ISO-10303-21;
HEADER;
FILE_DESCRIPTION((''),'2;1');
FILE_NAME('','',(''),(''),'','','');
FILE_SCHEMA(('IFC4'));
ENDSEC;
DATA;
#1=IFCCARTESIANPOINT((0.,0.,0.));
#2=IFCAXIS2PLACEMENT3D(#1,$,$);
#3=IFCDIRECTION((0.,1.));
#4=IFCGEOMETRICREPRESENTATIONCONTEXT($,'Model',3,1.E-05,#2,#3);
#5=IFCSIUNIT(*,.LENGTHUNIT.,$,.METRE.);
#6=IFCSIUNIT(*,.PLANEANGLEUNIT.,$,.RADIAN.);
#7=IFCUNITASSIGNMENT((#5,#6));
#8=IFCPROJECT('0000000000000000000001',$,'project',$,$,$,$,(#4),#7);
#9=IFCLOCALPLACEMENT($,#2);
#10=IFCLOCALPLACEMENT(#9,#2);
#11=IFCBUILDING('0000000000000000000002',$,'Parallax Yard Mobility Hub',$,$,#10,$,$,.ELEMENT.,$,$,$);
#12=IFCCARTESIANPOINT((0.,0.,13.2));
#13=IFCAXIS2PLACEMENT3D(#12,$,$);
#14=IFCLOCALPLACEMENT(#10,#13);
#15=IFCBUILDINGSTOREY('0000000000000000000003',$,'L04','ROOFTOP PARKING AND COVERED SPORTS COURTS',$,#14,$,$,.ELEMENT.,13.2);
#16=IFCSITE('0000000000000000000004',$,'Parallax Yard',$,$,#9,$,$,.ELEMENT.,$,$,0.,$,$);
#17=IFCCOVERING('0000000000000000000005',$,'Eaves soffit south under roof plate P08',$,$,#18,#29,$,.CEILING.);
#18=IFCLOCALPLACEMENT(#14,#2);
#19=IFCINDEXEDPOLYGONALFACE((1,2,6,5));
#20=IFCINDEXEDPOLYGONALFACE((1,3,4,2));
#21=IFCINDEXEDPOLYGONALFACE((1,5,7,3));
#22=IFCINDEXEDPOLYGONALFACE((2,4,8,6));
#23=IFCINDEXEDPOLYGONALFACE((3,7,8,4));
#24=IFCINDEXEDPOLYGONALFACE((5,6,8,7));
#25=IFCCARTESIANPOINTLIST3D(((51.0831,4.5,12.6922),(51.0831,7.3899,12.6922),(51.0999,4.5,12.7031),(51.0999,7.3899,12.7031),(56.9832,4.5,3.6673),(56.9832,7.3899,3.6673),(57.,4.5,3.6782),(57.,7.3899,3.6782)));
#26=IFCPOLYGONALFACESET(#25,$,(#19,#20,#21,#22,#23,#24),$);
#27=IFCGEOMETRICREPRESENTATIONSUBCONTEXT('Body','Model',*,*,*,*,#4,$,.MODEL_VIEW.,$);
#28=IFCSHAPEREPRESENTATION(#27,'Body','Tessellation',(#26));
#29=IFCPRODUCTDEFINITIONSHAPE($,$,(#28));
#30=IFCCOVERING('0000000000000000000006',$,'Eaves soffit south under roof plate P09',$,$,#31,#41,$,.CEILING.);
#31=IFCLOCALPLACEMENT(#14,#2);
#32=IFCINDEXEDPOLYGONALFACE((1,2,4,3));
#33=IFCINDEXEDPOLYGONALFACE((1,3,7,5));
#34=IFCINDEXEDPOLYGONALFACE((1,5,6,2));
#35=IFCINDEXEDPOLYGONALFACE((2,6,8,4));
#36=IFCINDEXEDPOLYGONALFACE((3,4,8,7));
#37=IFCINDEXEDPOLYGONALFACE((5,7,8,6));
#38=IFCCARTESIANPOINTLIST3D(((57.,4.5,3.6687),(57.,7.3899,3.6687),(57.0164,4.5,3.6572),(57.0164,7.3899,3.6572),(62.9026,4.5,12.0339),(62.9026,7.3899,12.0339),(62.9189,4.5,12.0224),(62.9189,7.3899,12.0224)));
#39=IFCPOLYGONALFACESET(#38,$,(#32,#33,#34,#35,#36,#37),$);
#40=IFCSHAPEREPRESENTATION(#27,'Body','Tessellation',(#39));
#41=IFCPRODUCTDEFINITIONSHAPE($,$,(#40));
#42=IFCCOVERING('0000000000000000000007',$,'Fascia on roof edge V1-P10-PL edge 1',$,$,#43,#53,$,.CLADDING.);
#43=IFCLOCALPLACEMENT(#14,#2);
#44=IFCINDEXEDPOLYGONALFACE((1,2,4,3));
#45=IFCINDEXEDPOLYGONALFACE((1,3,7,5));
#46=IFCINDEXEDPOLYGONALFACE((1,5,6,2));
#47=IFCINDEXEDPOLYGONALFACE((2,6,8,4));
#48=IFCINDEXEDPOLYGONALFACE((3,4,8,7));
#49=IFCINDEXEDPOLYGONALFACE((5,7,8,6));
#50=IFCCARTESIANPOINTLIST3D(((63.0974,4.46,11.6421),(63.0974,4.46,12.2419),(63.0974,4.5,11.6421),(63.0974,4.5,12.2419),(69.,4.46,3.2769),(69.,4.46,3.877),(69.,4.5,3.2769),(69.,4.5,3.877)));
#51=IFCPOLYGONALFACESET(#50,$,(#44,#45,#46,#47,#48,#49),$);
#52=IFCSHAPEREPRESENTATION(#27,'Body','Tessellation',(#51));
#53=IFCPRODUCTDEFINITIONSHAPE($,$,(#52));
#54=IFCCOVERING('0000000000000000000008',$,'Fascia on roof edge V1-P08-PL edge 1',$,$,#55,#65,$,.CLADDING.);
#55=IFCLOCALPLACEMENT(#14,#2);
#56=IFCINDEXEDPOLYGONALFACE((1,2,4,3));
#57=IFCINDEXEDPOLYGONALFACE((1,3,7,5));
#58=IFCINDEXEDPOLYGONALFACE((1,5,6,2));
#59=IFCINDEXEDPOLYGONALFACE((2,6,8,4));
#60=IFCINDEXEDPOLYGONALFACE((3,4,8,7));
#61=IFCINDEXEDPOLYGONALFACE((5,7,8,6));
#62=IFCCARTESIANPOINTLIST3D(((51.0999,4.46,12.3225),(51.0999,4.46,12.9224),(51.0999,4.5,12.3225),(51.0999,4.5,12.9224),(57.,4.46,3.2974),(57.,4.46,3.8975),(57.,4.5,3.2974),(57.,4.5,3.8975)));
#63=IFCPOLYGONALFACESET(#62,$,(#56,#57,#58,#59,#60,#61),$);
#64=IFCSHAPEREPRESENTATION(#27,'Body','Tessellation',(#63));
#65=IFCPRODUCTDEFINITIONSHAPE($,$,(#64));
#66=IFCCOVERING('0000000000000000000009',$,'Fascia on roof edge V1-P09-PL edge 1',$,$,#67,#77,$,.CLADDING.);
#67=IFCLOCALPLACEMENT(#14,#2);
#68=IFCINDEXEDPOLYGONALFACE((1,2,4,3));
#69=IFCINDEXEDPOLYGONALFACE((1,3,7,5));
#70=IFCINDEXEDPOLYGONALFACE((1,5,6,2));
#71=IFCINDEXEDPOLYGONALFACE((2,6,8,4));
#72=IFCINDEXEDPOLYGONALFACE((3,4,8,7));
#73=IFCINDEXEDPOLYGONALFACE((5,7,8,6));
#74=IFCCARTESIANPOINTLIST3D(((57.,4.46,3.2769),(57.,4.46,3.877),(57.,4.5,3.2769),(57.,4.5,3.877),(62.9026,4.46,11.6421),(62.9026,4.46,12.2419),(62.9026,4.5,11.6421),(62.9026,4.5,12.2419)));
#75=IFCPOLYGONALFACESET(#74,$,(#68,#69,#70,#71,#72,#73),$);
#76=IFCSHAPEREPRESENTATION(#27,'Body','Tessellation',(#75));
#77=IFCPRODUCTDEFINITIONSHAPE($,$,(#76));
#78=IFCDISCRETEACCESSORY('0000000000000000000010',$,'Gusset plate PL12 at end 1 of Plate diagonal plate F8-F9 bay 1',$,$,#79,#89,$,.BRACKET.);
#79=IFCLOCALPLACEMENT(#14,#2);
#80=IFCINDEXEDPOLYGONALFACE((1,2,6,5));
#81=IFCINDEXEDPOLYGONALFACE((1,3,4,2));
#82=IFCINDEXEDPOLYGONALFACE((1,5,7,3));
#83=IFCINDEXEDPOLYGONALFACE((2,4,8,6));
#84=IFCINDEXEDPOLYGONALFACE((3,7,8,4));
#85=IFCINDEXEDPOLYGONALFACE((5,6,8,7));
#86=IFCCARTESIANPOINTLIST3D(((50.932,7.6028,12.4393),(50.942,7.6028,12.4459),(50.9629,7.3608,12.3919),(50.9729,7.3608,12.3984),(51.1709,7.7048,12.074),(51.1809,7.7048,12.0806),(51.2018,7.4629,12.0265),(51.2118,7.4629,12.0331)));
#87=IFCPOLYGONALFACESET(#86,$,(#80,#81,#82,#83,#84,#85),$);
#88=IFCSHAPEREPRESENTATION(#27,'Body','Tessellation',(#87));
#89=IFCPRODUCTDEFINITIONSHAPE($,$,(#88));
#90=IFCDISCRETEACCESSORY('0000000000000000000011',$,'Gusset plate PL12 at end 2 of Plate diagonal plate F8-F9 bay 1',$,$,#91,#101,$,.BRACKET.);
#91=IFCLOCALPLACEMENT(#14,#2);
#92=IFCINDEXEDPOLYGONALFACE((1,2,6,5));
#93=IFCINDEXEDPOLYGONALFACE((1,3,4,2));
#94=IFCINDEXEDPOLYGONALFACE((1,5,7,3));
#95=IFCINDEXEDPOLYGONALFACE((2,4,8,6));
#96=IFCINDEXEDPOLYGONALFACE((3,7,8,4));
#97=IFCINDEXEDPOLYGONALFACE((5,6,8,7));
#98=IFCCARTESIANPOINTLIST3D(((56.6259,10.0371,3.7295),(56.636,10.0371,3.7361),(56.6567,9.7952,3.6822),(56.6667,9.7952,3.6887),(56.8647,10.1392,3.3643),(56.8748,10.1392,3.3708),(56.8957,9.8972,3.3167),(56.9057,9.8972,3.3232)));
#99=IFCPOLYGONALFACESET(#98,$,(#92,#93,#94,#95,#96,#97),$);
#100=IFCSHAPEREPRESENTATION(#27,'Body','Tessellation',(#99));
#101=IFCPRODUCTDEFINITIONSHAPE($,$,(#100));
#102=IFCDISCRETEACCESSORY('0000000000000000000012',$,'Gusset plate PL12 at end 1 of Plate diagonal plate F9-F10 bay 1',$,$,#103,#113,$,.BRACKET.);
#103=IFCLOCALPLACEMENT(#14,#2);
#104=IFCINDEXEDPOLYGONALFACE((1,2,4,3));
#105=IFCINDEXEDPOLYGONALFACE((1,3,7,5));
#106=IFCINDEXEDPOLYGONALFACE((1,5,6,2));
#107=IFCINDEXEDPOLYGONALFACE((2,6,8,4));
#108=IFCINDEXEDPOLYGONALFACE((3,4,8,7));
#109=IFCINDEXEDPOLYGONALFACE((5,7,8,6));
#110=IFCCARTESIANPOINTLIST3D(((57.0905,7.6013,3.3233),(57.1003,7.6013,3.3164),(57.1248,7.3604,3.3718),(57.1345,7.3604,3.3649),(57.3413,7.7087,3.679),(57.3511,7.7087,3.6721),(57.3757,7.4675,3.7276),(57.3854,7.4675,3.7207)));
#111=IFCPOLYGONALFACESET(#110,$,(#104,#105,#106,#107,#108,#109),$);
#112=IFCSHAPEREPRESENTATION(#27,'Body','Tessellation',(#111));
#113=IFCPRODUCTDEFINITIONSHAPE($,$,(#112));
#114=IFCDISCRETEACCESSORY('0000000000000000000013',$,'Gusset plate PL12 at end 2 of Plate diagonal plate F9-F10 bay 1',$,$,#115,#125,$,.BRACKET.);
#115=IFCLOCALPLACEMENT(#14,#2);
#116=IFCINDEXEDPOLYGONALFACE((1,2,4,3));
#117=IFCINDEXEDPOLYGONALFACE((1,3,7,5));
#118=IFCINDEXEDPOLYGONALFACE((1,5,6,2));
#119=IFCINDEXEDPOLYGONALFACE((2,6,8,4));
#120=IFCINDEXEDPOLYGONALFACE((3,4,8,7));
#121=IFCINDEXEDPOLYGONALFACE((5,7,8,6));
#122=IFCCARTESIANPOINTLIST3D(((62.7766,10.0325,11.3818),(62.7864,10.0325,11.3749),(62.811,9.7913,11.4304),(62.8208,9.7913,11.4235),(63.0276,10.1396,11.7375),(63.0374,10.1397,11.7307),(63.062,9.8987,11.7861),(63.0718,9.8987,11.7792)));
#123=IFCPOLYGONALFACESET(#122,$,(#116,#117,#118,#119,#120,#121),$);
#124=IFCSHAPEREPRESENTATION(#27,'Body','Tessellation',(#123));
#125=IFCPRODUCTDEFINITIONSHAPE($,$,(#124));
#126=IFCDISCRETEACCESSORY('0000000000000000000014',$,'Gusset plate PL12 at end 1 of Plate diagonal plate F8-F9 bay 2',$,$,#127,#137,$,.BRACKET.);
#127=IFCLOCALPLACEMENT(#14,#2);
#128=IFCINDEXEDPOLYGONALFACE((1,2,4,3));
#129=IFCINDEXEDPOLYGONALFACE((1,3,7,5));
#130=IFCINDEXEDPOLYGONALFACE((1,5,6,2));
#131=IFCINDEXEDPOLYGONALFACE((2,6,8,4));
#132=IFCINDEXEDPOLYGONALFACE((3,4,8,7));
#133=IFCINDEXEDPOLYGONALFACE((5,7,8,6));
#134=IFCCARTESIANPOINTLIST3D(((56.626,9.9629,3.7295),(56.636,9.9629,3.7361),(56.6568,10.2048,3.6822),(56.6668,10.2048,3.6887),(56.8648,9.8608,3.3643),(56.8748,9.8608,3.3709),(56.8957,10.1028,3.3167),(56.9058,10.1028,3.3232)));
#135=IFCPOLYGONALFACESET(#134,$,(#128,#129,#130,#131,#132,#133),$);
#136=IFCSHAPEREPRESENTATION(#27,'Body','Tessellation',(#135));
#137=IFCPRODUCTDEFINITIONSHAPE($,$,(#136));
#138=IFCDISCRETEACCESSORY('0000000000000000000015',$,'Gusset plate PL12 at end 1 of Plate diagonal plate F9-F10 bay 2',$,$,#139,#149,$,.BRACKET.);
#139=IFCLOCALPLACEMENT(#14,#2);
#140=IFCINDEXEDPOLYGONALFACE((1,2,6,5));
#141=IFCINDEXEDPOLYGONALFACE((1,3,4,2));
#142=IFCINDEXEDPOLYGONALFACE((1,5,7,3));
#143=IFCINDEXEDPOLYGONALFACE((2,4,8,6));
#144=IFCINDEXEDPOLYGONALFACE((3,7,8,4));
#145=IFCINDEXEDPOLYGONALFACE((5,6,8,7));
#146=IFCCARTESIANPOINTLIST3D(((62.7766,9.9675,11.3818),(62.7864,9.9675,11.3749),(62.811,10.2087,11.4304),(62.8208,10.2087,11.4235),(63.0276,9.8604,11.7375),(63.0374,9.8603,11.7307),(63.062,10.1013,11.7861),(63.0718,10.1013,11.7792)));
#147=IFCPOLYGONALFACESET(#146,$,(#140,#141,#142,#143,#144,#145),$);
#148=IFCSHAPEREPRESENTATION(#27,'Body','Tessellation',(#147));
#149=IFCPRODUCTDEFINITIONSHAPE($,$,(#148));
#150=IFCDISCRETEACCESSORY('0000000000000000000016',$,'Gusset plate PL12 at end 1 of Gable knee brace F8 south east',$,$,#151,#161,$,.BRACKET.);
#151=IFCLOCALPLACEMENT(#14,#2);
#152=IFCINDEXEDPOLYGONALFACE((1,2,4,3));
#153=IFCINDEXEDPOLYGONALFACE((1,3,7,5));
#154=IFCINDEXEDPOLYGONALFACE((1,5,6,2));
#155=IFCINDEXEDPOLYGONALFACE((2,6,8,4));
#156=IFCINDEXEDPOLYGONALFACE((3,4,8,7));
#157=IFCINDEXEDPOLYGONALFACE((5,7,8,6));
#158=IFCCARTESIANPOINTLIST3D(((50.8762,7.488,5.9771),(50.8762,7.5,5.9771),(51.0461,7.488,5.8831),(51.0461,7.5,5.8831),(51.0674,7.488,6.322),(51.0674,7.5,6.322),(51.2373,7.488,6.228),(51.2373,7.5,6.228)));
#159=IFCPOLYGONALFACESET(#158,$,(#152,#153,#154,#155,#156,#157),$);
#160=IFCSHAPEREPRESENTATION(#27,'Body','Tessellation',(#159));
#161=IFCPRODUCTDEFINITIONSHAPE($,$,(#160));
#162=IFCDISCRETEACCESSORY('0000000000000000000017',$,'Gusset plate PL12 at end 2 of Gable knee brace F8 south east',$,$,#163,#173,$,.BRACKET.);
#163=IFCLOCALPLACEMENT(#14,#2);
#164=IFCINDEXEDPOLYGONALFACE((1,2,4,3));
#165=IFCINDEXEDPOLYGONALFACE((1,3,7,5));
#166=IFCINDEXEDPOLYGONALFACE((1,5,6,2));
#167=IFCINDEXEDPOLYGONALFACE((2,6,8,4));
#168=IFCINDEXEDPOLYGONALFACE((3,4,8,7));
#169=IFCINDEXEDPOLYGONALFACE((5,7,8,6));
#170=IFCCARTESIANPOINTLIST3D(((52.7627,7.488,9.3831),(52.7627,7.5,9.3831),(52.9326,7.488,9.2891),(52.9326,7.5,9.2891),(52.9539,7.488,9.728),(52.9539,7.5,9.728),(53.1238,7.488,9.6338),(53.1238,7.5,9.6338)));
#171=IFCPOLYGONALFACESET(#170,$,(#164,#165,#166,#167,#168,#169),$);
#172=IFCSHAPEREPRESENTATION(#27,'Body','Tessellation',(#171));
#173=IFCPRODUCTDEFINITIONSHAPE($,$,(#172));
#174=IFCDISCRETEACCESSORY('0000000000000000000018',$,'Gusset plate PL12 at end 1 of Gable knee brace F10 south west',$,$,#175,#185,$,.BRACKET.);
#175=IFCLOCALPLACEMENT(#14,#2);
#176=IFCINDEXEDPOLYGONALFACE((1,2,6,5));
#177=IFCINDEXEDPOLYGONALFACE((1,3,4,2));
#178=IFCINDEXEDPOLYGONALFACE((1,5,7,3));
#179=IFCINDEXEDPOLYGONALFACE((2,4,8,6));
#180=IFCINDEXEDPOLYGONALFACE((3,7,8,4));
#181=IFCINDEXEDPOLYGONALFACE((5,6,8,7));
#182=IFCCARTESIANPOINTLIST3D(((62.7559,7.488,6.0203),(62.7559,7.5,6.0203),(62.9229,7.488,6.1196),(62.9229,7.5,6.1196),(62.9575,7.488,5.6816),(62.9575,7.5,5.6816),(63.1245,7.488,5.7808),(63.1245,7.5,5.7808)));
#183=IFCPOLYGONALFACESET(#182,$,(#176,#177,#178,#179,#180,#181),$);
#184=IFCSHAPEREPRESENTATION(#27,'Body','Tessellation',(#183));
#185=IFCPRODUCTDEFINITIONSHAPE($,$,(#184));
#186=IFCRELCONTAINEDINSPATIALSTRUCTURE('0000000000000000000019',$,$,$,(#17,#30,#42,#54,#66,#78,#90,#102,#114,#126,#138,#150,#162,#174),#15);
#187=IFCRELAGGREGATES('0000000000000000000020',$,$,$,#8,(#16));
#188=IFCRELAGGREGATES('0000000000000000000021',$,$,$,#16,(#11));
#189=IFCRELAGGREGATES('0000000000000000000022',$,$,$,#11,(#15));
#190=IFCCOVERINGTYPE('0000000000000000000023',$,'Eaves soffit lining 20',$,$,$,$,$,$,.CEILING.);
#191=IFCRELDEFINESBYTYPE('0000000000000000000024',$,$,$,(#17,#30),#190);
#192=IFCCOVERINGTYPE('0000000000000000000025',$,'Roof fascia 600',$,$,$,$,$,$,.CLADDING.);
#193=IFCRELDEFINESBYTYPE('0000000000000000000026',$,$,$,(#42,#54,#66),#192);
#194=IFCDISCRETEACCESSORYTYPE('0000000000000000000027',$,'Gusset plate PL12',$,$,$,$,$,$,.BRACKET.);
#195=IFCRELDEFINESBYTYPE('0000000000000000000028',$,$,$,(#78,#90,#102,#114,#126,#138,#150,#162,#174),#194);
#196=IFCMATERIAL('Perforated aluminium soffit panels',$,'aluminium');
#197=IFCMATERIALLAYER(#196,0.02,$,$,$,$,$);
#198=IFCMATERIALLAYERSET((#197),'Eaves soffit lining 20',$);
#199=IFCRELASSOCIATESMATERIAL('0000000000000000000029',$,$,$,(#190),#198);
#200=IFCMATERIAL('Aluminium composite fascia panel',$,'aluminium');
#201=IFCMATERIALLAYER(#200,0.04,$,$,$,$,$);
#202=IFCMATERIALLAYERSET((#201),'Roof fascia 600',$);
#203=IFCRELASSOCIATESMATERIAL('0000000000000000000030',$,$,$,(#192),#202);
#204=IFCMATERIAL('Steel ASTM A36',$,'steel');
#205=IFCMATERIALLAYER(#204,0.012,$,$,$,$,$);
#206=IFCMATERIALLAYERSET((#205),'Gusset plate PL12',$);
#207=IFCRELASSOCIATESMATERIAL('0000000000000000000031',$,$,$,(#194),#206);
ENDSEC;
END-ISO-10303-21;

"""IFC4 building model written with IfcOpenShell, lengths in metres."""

from ifc_helpers import new_model, si_unit, direction, frame, origin, place, context, subcontext, project, spatial, polyline, outline, extrude, material, layer, layer_set, type_object, element, save


model = new_model("IFC4")

# Units and contexts
model_context = context("Model", 3, precision=1e-05, world=origin(), true_north=direction((0.0, 1.0)))
body_context = subcontext(model_context, "Body", "Model", "MODEL_VIEW")
ifc_project = project(units=[si_unit("LENGTHUNIT", "METRE"), si_unit("PLANEANGLEUNIT", "RADIAN")], contexts=[model_context])

# Site, building, storey
site_placement = place(None, origin())
site = spatial("IfcSite", under=ifc_project, at=site_placement, Name="Parallax Yard", CompositionType="ELEMENT", RefElevation=0.0)
building_placement = place(site_placement, origin())
building = spatial("IfcBuilding", under=site, at=building_placement, Name="Parallax Yard Mobility Hub", CompositionType="ELEMENT")
storey_placement = place(building_placement, frame((0.0, 0.0, 13.2)))
storey = spatial("IfcBuildingStorey", under=building, at=storey_placement, Name="L04", Description="ROOFTOP PARKING AND COVERED SPORTS COURTS", CompositionType="ELEMENT", Elevation=13.2)

# Coverings
ifc_material_1 = material(Name="Perforated aluminium soffit panels", Category="aluminium")
ifc_layer_1 = layer(ifc_material_1, 0.02)
ifc_layer_set_1 = layer_set([ifc_layer_1], Name="Eaves soffit lining 20")
covering_type_1 = type_object("IfcCoveringType", Name="Eaves soffit lining 20", PredefinedType="CEILING", material=ifc_layer_set_1)
covering_1_placement = place(storey_placement, frame((57.0, 4.5, 3.6782), z_axis=(0.837002, 0.0, 0.547201), x_axis=(-0.547201, 0.0, 0.837002)))
element("IfcCovering", 1, at=covering_1_placement, inside=storey, type_object=covering_type_1, Name="Eaves soffit south under roof plate P08", PredefinedType="CEILING", context=body_context, shape_type="SweptSolid", body=[
    extrude(outline(polyline([(0.0, 0.0), (10.7824, 0.0), (10.7824, -2.8899), (0.0, -2.8899), (0.0, 0.0)])), origin(), (0.0, 0.0, -1.0), 0.02),
])
covering_2_placement = place(storey_placement, frame((62.9026, 4.5, 12.0339), z_axis=(-0.817073, 0.0, 0.576534), x_axis=(-0.576534, 0.0, -0.817073)))
element("IfcCovering", 2, at=covering_2_placement, inside=storey, type_object=covering_type_1, Name="Eaves soffit south under roof plate P09", PredefinedType="CEILING", context=body_context, shape_type="SweptSolid", body=[
    extrude(outline(polyline([(0.0, 0.0), (10.2381, 0.0), (10.2381, -2.8899), (0.0, -2.8899), (0.0, 0.0)])), origin(), (0.0, 0.0, -1.0), 0.02),
])
ifc_material_2 = material(Name="Aluminium composite fascia panel", Category="aluminium")
ifc_layer_2 = layer(ifc_material_2, 0.04)
ifc_layer_set_2 = layer_set([ifc_layer_2], Name="Roof fascia 600")
covering_type_2 = type_object("IfcCoveringType", Name="Roof fascia 600", PredefinedType="CLADDING", material=ifc_layer_set_2)
covering_3_placement = place(storey_placement, frame((63.0974, 4.5, 12.2419), z_axis=(0.0, 1.0, 0.0), x_axis=(0.576546, 0.0, -0.817065)))
element("IfcCovering", 3, at=covering_3_placement, inside=storey, type_object=covering_type_2, Name="Fascia on roof edge V1-P10-PL edge 1", PredefinedType="CLADDING", context=body_context, shape_type="SweptSolid", body=[
    extrude(outline(polyline([(0.0, 0.0), (10.2379, 0.0), (10.7282, 0.346), (0.4901, 0.3458), (0.0, 0.0)])), origin(), (0.0, 0.0, -1.0), 0.04),
])
covering_4_placement = place(storey_placement, frame((51.0999, 4.5, 12.9224), z_axis=(0.0, 1.0, 0.0), x_axis=(0.547201, 0.0, -0.837002)))
element("IfcCovering", 4, at=covering_4_placement, inside=storey, type_object=covering_type_2, Name="Fascia on roof edge V1-P08-PL edge 1", PredefinedType="CLADDING", context=body_context, shape_type="SweptSolid", body=[
    extrude(outline(polyline([(0.0, 0.0), (10.7824, 0.0), (11.2847, 0.3284), (0.5021, 0.3282), (0.0, 0.0)])), origin(), (0.0, 0.0, -1.0), 0.04),
])
covering_5_placement = place(storey_placement, frame((57.0, 4.5, 3.877), z_axis=(0.0, 1.0, 0.0), x_axis=(0.576546, 0.0, 0.817065)))
element("IfcCovering", 5, at=covering_5_placement, inside=storey, type_object=covering_type_2, Name="Fascia on roof edge V1-P09-PL edge 1", PredefinedType="CLADDING", context=body_context, shape_type="SweptSolid", body=[
    extrude(outline(polyline([(0.0, 0.0), (10.2379, 0.0), (9.7477, 0.3458), (-0.4903, 0.346), (0.0, 0.0)])), origin(), (0.0, 0.0, -1.0), 0.04),
])

# Discrete accessories
ifc_material_3 = material(Name="Steel ASTM A36", Category="steel")
ifc_layer_3 = layer(ifc_material_3, 0.012)
ifc_layer_set_3 = layer_set([ifc_layer_3], Name="Gusset plate PL12")
discrete_accessory_type = type_object("IfcDiscreteAccessoryType", Name="Gusset plate PL12", PredefinedType="BRACKET", material=ifc_layer_set_3)
discrete_accessory_1_placement = place(storey_placement, frame((51.1809, 7.7048, 12.0806), z_axis=(0.837034, -0.000541, 0.547151), x_axis=(-0.532886, -0.227659, 0.814987)))
element("IfcDiscreteAccessory", 6, at=discrete_accessory_1_placement, inside=storey, type_object=discrete_accessory_type, Name="Gusset plate PL12 at end 1 of Plate diagonal plate F8-F9 bay 1", PredefinedType="BRACKET", context=body_context, shape_type="SweptSolid", body=[
    extrude(outline(polyline([(0.0, 0.0), (0.4483, 0.0), (0.4482, 0.2485), (-0.0001, 0.2485), (0.0, 0.0)])), origin(), (0.0, 0.0, -1.0), 0.012),
])
discrete_accessory_2_placement = place(storey_placement, frame((56.6667, 9.7952, 3.6887), z_axis=(0.837034, -0.000541, 0.547151), x_axis=(0.532899, 0.227558, -0.815006)))
element("IfcDiscreteAccessory", 7, at=discrete_accessory_2_placement, inside=storey, type_object=discrete_accessory_type, Name="Gusset plate PL12 at end 2 of Plate diagonal plate F8-F9 bay 1", PredefinedType="BRACKET", context=body_context, shape_type="SweptSolid", body=[
    extrude(outline(polyline([(0.0, 0.0), (0.4485, 0.0), (0.4482, 0.2485), (0.0001, 0.2484), (0.0, 0.0)])), origin(), (0.0, 0.0, -1.0), 0.012),
])
discrete_accessory_3_placement = place(storey_placement, frame((57.3413, 7.7087, 3.679), z_axis=(-0.817206, -0.000126, 0.576345), x_axis=(-0.559527, -0.239641, -0.793412)))
element("IfcDiscreteAccessory", 8, at=discrete_accessory_3_placement, inside=storey, type_object=discrete_accessory_type, Name="Gusset plate PL12 at end 1 of Plate diagonal plate F9-F10 bay 1", PredefinedType="BRACKET", context=body_context, shape_type="SweptSolid", body=[
    extrude(outline(polyline([(0.0, 0.0), (0.4483, 0.0), (0.4483, 0.2482), (0.0, 0.2485), (0.0, 0.0)])), origin(), (0.0, 0.0, -1.0), 0.012),
])
discrete_accessory_4_placement = place(storey_placement, frame((62.811, 9.7913, 11.4304), z_axis=(-0.817026, -0.000463, 0.5766), x_axis=(0.559719, 0.239568, 0.793298)))
element("IfcDiscreteAccessory", 9, at=discrete_accessory_4_placement, inside=storey, type_object=discrete_accessory_type, Name="Gusset plate PL12 at end 2 of Plate diagonal plate F9-F10 bay 1", PredefinedType="BRACKET", context=body_context, shape_type="SweptSolid", body=[
    extrude(outline(polyline([(0.0, 0.0), (0.4484, 0.0), (0.4483, 0.2482), (0.0, 0.2485), (0.0, 0.0)])), origin(), (0.0, 0.0, -1.0), 0.012),
])
discrete_accessory_5_placement = place(storey_placement, frame((56.636, 9.9629, 3.7361), z_axis=(0.837034, 0.000541, 0.547151), x_axis=(0.532878, -0.227725, -0.814974)))
element("IfcDiscreteAccessory", 10, at=discrete_accessory_5_placement, inside=storey, type_object=discrete_accessory_type, Name="Gusset plate PL12 at end 1 of Plate diagonal plate F8-F9 bay 2", PredefinedType="BRACKET", context=body_context, shape_type="SweptSolid", body=[
    extrude(outline(polyline([(0.0, 0.0), (0.4481, 0.0), (0.4484, 0.2485), (-0.0001, 0.2484), (0.0, 0.0)])), origin(), (0.0, 0.0, -1.0), 0.012),
])
discrete_accessory_6_placement = place(storey_placement, frame((62.7766, 9.9675, 11.3818), z_axis=(-0.817026, 0.000463, 0.5766), x_axis=(0.559792, -0.239055, 0.793401)))
element("IfcDiscreteAccessory", 11, at=discrete_accessory_6_placement, inside=storey, type_object=discrete_accessory_type, Name="Gusset plate PL12 at end 1 of Plate diagonal plate F9-F10 bay 2", PredefinedType="BRACKET", context=body_context, shape_type="SweptSolid", body=[
    extrude(outline(polyline([(0.0, 0.0), (0.4483, 0.0), (0.4486, 0.2482), (0.0002, 0.2485), (0.0, 0.0)])), origin(), (0.0, 0.0, -1.0), 0.012),
])
discrete_accessory_7_placement = place(storey_placement, frame((51.2373, 7.5, 6.228), z_axis=(0.0, 1.0, 0.0), x_axis=(-0.484697, 0.0, -0.874682)))
element("IfcDiscreteAccessory", 12, at=discrete_accessory_7_placement, inside=storey, type_object=discrete_accessory_type, Name="Gusset plate PL12 at end 1 of Gable knee brace F8 south east", PredefinedType="BRACKET", context=body_context, shape_type="SweptSolid", body=[
    extrude(outline(polyline([(0.0, 0.0), (0.3944, 0.0), (0.3945, 0.1942), (0.0001, 0.1942), (0.0, 0.0)])), origin(), (0.0, 0.0, -1.0), 0.012),
])
discrete_accessory_8_placement = place(storey_placement, frame((52.7627, 7.5, 9.3831), z_axis=(0.0, 1.0, 0.0), x_axis=(0.484697, 0.0, 0.874682)))
element("IfcDiscreteAccessory", 13, at=discrete_accessory_8_placement, inside=storey, type_object=discrete_accessory_type, Name="Gusset plate PL12 at end 2 of Gable knee brace F8 south east", PredefinedType="BRACKET", context=body_context, shape_type="SweptSolid", body=[
    extrude(outline(polyline([(0.0, 0.0), (0.3944, 0.0), (0.3943, 0.1943), (0.0001, 0.1942), (0.0, 0.0)])), origin(), (0.0, 0.0, -1.0), 0.012),
])
for number, where, z_axis, x_axis, name in (
    (14, (62.9229, 7.5, 6.1196), (0.0, 1.0, 0.0), (0.511397, 0.0, -0.859345), "Gusset plate PL12 at end 1 of Gable knee brace F10 south west"),
):
    element("IfcDiscreteAccessory", number, at=place(storey_placement, frame(where, z_axis=z_axis, x_axis=x_axis)), inside=storey, type_object=discrete_accessory_type, Name=name, PredefinedType="BRACKET", context=body_context, shape_type="SweptSolid", body=[
        extrude(outline(polyline([(0.0, 0.0), (0.3943, 0.0), (0.3941, 0.1942), (0.0, 0.1943), (0.0, 0.0)])), origin(), (0.0, 0.0, -1.0), 0.012),
    ])

save(model, "model.ifc")
